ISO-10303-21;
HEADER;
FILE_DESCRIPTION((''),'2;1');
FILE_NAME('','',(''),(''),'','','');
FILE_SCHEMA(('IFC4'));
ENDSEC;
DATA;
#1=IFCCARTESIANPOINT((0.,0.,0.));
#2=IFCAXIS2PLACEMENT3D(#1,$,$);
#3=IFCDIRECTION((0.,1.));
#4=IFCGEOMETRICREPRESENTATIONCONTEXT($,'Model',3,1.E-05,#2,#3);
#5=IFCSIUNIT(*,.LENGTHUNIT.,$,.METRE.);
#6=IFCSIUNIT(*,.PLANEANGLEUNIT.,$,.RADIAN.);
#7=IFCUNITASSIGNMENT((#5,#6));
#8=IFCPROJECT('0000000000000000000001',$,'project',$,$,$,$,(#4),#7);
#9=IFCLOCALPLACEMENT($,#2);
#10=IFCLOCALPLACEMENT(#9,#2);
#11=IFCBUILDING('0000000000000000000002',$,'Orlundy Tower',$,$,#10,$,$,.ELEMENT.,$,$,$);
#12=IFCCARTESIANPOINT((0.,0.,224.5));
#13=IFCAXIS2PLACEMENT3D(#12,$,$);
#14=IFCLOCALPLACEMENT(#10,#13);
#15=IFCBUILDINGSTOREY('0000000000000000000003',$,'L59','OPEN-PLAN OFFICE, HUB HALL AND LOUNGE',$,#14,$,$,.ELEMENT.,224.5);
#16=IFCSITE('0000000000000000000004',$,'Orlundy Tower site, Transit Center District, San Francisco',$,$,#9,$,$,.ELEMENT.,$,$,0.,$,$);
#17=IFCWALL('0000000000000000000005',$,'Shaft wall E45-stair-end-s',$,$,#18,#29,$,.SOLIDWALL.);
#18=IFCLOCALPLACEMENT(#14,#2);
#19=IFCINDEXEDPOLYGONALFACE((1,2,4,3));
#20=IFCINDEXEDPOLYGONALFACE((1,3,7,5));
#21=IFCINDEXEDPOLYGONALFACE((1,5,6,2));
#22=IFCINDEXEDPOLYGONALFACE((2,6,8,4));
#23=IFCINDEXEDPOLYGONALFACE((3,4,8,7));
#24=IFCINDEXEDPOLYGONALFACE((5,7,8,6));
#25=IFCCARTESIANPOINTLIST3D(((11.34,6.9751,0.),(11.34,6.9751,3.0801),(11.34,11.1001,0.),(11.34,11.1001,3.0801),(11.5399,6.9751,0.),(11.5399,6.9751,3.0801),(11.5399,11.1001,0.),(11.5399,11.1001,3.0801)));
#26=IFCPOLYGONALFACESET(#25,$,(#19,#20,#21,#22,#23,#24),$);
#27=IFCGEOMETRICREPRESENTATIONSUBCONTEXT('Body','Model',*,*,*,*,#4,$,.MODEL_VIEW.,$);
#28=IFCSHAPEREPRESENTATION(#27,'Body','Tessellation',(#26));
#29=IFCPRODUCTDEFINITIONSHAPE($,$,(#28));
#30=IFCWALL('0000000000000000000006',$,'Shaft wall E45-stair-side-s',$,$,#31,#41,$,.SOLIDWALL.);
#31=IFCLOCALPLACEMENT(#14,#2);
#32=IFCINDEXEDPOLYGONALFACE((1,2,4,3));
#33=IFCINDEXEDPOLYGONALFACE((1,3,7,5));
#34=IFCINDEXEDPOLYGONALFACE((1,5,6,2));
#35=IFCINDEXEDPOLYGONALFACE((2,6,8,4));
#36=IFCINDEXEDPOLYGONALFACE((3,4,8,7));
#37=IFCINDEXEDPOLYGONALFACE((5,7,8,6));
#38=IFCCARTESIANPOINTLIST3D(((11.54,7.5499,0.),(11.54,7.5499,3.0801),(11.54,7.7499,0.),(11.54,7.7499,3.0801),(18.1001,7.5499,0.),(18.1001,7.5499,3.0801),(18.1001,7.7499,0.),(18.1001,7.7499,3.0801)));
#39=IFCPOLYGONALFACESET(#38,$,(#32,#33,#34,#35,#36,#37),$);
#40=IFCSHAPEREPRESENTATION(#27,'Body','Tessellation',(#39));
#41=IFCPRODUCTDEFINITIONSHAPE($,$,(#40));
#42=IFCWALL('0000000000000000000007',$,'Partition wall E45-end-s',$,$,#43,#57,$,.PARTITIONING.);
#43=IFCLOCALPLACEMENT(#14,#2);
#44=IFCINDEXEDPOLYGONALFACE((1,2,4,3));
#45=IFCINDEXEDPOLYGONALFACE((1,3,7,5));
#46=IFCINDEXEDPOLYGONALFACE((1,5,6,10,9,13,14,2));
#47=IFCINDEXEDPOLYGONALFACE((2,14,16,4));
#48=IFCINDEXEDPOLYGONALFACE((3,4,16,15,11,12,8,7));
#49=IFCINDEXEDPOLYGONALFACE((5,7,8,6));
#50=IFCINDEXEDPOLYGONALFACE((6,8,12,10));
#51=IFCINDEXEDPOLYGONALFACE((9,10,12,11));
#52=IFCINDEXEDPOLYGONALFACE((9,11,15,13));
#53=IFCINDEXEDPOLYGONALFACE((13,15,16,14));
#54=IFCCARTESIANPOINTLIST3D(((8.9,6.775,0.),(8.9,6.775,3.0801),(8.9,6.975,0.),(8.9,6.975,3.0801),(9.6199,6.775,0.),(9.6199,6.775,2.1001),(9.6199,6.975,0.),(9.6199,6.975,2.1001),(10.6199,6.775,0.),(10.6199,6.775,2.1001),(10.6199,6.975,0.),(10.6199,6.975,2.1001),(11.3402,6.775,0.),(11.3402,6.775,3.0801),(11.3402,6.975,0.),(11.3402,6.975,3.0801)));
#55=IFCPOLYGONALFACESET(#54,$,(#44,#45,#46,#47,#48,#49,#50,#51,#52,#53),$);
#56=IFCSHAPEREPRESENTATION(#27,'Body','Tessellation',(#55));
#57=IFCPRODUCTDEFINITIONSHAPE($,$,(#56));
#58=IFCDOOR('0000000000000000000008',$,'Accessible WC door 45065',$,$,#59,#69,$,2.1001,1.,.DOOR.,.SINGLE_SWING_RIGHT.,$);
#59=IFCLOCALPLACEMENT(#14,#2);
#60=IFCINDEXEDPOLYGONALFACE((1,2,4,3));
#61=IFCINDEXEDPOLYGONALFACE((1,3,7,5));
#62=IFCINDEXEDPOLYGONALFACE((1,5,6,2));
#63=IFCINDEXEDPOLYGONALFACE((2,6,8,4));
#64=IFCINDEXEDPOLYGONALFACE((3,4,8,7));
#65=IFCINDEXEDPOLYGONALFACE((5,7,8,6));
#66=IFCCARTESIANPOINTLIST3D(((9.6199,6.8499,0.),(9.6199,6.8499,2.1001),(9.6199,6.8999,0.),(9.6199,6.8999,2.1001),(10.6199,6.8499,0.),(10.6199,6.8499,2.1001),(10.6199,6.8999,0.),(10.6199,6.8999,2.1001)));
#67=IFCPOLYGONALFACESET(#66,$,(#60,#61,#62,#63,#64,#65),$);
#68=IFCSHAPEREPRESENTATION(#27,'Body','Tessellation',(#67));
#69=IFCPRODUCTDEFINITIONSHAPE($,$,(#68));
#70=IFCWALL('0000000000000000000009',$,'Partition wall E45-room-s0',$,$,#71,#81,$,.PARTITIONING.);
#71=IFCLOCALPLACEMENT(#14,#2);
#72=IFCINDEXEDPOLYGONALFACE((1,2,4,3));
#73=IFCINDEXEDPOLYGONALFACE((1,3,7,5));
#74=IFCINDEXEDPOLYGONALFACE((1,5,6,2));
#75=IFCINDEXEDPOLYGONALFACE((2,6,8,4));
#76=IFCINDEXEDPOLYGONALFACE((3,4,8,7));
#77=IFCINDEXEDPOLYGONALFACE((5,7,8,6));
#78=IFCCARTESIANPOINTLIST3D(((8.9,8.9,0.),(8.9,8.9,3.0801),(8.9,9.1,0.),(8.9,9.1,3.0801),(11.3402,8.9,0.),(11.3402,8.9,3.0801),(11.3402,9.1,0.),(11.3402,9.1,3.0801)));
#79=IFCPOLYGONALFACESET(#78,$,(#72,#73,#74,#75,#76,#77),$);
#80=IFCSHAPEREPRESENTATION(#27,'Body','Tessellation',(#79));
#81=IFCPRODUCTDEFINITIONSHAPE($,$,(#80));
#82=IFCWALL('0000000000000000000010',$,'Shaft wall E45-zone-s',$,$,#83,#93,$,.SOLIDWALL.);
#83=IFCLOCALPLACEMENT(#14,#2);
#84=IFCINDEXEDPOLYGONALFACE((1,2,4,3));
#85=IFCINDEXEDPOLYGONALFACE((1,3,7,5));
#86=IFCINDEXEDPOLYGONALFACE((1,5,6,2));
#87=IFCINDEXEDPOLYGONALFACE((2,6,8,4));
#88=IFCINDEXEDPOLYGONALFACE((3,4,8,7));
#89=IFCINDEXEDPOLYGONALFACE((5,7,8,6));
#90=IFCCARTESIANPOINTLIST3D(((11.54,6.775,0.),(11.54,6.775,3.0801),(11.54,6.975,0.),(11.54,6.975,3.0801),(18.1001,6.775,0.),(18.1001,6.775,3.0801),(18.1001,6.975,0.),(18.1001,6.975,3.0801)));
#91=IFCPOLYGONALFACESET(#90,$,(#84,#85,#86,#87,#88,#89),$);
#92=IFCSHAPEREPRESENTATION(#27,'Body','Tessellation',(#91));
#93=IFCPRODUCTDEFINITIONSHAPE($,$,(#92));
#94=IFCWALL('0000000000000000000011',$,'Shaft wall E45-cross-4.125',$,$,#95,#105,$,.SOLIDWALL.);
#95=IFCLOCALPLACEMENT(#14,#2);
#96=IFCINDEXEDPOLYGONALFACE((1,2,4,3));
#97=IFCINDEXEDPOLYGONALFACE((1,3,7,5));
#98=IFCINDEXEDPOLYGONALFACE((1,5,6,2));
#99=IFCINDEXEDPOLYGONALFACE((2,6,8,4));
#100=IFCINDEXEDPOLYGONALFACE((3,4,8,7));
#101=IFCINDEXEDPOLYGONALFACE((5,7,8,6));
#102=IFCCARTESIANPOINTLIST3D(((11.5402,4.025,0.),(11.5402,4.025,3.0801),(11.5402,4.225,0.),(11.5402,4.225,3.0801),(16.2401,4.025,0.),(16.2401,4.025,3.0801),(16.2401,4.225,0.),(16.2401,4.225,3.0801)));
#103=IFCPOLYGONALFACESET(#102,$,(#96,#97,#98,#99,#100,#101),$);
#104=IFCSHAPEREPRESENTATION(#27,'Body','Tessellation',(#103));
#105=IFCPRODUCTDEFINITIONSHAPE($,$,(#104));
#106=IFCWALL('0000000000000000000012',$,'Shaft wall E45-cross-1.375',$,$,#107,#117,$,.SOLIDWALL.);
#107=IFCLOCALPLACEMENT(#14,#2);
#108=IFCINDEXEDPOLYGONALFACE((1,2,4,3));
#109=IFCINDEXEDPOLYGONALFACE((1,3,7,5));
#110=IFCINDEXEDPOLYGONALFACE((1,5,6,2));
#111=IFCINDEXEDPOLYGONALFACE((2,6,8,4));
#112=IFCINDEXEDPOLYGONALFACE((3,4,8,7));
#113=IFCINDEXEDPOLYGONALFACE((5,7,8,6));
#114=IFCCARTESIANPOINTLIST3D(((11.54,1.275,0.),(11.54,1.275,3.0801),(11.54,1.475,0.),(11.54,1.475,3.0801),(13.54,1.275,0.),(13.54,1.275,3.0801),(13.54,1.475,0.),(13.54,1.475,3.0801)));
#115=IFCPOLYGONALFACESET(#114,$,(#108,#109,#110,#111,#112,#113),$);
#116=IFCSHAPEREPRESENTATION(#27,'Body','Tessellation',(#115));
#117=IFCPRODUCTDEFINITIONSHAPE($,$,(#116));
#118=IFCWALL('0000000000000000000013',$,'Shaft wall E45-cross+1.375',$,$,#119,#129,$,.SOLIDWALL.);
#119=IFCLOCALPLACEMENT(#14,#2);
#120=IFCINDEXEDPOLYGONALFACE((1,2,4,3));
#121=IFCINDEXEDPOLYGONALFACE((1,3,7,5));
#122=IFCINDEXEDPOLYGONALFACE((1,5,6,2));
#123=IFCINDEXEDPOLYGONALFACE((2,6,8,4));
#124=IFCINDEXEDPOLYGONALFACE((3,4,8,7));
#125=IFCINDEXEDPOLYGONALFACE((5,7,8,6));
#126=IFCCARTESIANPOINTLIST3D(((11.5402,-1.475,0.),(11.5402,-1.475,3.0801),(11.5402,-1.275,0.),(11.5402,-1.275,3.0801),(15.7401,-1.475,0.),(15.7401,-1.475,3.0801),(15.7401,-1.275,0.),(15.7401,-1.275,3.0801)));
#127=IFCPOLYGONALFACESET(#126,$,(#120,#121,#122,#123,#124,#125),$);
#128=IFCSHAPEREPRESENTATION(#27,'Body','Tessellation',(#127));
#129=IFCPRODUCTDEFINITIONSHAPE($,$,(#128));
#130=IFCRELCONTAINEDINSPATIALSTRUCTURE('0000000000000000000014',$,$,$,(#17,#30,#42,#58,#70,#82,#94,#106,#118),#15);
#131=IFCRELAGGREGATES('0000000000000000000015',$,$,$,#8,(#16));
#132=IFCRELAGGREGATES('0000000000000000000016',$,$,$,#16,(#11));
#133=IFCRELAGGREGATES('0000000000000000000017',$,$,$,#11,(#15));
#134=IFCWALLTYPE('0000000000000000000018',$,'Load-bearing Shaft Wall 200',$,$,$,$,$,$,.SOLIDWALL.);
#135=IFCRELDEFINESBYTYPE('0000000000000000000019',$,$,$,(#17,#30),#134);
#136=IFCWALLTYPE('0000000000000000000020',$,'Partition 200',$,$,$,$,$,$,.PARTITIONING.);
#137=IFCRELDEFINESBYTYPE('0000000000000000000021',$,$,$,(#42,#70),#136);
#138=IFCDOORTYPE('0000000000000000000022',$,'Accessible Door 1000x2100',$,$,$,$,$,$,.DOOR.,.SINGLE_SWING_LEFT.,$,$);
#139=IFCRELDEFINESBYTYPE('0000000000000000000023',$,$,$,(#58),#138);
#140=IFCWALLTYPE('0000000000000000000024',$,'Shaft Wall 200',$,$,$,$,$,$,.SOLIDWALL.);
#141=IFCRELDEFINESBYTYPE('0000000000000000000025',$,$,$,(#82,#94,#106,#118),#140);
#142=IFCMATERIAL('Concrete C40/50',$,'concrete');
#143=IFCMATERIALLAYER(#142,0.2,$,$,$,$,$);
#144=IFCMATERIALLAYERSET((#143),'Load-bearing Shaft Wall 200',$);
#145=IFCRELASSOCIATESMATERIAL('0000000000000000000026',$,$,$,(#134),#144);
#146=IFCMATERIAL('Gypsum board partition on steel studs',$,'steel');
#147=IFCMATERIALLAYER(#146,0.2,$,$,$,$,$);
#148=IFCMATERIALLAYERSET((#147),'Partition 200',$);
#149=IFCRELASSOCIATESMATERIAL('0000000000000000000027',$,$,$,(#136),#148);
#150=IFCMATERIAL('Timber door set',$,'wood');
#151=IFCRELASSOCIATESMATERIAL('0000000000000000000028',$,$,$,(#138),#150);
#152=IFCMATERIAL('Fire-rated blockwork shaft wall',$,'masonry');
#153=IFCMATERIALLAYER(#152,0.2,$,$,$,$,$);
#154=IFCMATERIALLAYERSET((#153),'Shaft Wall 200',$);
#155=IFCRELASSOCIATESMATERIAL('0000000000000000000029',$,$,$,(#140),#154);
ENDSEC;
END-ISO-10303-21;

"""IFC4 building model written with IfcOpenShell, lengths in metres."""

from ifc_helpers import new_model, si_unit, direction, frame, frame_2d, origin, place, context, subcontext, project, spatial, rectangle, extrude, material, layer, layer_set, type_object, element, fill, save


model = new_model("IFC4")

# Units and contexts
model_context = context("Model", 3, precision=1e-05, world=origin(), true_north=direction((0.0, 1.0)))
body_context = subcontext(model_context, "Body", "Model", "MODEL_VIEW")
ifc_project = project(units=[si_unit("LENGTHUNIT", "METRE"), si_unit("PLANEANGLEUNIT", "RADIAN")], contexts=[model_context])

# Site, building, storey
site_placement = place(None, origin())
site = spatial("IfcSite", under=ifc_project, at=site_placement, Name="Orlundy Tower site, Transit Center District, San Francisco", CompositionType="ELEMENT", RefElevation=0.0)
building_placement = place(site_placement, origin())
building = spatial("IfcBuilding", under=site, at=building_placement, Name="Orlundy Tower", CompositionType="ELEMENT")
storey_placement = place(building_placement, frame((0.0, 0.0, 224.5)))
storey = spatial("IfcBuildingStorey", under=building, at=storey_placement, Name="L59", Description="OPEN-PLAN OFFICE, HUB HALL AND LOUNGE", CompositionType="ELEMENT", Elevation=224.5)

# Walls
ifc_material_1 = material(Name="Concrete C40/50", Category="concrete")
ifc_layer_1 = layer(ifc_material_1, 0.2)
ifc_layer_set_1 = layer_set([ifc_layer_1], Name="Load-bearing Shaft Wall 200")
wall_type_1 = type_object("IfcWallType", Name="Load-bearing Shaft Wall 200", PredefinedType="SOLIDWALL", material=ifc_layer_set_1)
wall_1_placement = place(storey_placement, frame((11.4399, 11.1001, 0.0), z_axis=(0.0, 0.0, 1.0), x_axis=(0.0, -1.0, 0.0)))
element("IfcWall", 1, at=wall_1_placement, inside=storey, type_object=wall_type_1, Name="Shaft wall E45-stair-end-s", PredefinedType="SOLIDWALL", context=body_context, shape_type="SweptSolid", body=[
    extrude(rectangle(XDim=4.125, YDim=0.2, at=frame_2d((2.0625, 0.0))), origin(), (0.0, 0.0, 1.0), 3.0801),
])
wall_2_placement = place(storey_placement, frame((11.54, 7.6499, 0.0), z_axis=(0.0, 0.0, 1.0), x_axis=(1.0, 0.0, 0.0)))
element("IfcWall", 2, at=wall_2_placement, inside=storey, type_object=wall_type_1, Name="Shaft wall E45-stair-side-s", PredefinedType="SOLIDWALL", context=body_context, shape_type="SweptSolid", body=[
    extrude(rectangle(XDim=6.5601, YDim=0.2, at=frame_2d((3.28, 0.0))), origin(), (0.0, 0.0, 1.0), 3.0801),
])

# Wall, opening, door
ifc_material_2 = material(Name="Gypsum board partition on steel studs", Category="steel")
ifc_layer_2 = layer(ifc_material_2, 0.2)
ifc_layer_set_2 = layer_set([ifc_layer_2], Name="Partition 200")
wall_type_2 = type_object("IfcWallType", Name="Partition 200", PredefinedType="PARTITIONING", material=ifc_layer_set_2)
wall_3_placement = place(storey_placement, frame((8.8999, 6.875, 0.0), z_axis=(0.0, 0.0, 1.0), x_axis=(1.0, 0.0, 0.0)))
wall_3 = element("IfcWall", 3, at=wall_3_placement, inside=storey, type_object=wall_type_2, Name="Partition wall E45-end-s", PredefinedType="PARTITIONING", context=body_context, shape_type="SweptSolid", body=[
    extrude(rectangle(XDim=2.4402, YDim=0.2, at=frame_2d((1.2202, 0.0))), origin(), (0.0, 0.0, 1.0), 3.0801),
])
opening_1_placement = place(wall_3_placement, frame((0.72, 0.0, 0.0)))
opening_1 = element("IfcOpeningElement", 4, at=opening_1_placement, cuts=wall_3, PredefinedType="OPENING", context=body_context, shape_type="SweptSolid", body=[
    extrude(rectangle(XDim=1.0, YDim=2.1001, at=frame_2d((0.5, 1.05))), frame((0.0, 0.1101, 0.0), z_axis=(0.0, -1.0, 0.0), x_axis=(1.0, 0.0, 0.0)), (0.0, 0.0, 1.0), 0.2202),
])
ifc_material_3 = material(Name="Timber door set", Category="wood")
door_type_1 = type_object("IfcDoorType", Name="Accessible Door 1000x2100", OperationType="SINGLE_SWING_LEFT", PredefinedType="DOOR", material=ifc_material_3)
door_1_placement = place(opening_1_placement, origin())
door_1 = element("IfcDoor", 5, at=door_1_placement, inside=storey, type_object=door_type_1, Name="Accessible WC door 45065", OperationType="SINGLE_SWING_RIGHT", OverallHeight=2.1001, OverallWidth=1.0, PredefinedType="DOOR", context=body_context, shape_type="SweptSolid", body=[
    extrude(rectangle(XDim=1.0, YDim=2.1001, at=frame_2d((0.5, 1.05))), frame((0.0, 0.0249, 0.0), z_axis=(0.0, -1.0, 0.0), x_axis=(1.0, 0.0, 0.0)), (0.0, 0.0, 1.0), 0.05),
])
fill(opening_1, door_1)

# Walls
wall_4_placement = place(storey_placement, frame((8.8999, 9.0, 0.0), z_axis=(0.0, 0.0, 1.0), x_axis=(1.0, 0.0, 0.0)))
element("IfcWall", 6, at=wall_4_placement, inside=storey, type_object=wall_type_2, Name="Partition wall E45-room-s0", PredefinedType="PARTITIONING", context=body_context, shape_type="SweptSolid", body=[
    extrude(rectangle(XDim=2.4402, YDim=0.2, at=frame_2d((1.2202, 0.0))), origin(), (0.0, 0.0, 1.0), 3.0801),
])
ifc_material_4 = material(Name="Fire-rated blockwork shaft wall", Category="masonry")
ifc_layer_3 = layer(ifc_material_4, 0.2)
ifc_layer_set_3 = layer_set([ifc_layer_3], Name="Shaft Wall 200")
wall_type_3 = type_object("IfcWallType", Name="Shaft Wall 200", PredefinedType="SOLIDWALL", material=ifc_layer_set_3)
wall_5_placement = place(storey_placement, frame((11.54, 6.875, 0.0), z_axis=(0.0, 0.0, 1.0), x_axis=(1.0, 0.0, 0.0)))
element("IfcWall", 7, at=wall_5_placement, inside=storey, type_object=wall_type_3, Name="Shaft wall E45-zone-s", PredefinedType="SOLIDWALL", context=body_context, shape_type="SweptSolid", body=[
    extrude(rectangle(XDim=6.5601, YDim=0.2, at=frame_2d((3.28, 0.0))), origin(), (0.0, 0.0, 1.0), 3.0801),
])
wall_6_placement = place(storey_placement, frame((11.54, 4.125, 0.0), z_axis=(0.0, 0.0, 1.0), x_axis=(1.0, 0.0, 0.0)))
element("IfcWall", 8, at=wall_6_placement, inside=storey, type_object=wall_type_3, Name="Shaft wall E45-cross-4.125", PredefinedType="SOLIDWALL", context=body_context, shape_type="SweptSolid", body=[
    extrude(rectangle(XDim=4.7, YDim=0.2, at=frame_2d((2.3501, 0.0))), origin(), (0.0, 0.0, 1.0), 3.0801),
])
wall_7_placement = place(storey_placement, frame((11.54, 1.375, 0.0), z_axis=(0.0, 0.0, 1.0), x_axis=(1.0, 0.0, 0.0)))
element("IfcWall", 9, at=wall_7_placement, inside=storey, type_object=wall_type_3, Name="Shaft wall E45-cross-1.375", PredefinedType="SOLIDWALL", context=body_context, shape_type="SweptSolid", body=[
    extrude(rectangle(XDim=2.0, YDim=0.2, at=frame_2d((1.0, 0.0))), origin(), (0.0, 0.0, 1.0), 3.0801),
])
wall_8_placement = place(storey_placement, frame((11.54, -1.375, 0.0), z_axis=(0.0, 0.0, 1.0), x_axis=(1.0, 0.0, 0.0)))
element("IfcWall", 10, at=wall_8_placement, inside=storey, type_object=wall_type_3, Name="Shaft wall E45-cross+1.375", PredefinedType="SOLIDWALL", context=body_context, shape_type="SweptSolid", body=[
    extrude(rectangle(XDim=4.2, YDim=0.2, at=frame_2d((2.1001, 0.0))), origin(), (0.0, 0.0, 1.0), 3.0801),
])

save(model, "model.ifc")
